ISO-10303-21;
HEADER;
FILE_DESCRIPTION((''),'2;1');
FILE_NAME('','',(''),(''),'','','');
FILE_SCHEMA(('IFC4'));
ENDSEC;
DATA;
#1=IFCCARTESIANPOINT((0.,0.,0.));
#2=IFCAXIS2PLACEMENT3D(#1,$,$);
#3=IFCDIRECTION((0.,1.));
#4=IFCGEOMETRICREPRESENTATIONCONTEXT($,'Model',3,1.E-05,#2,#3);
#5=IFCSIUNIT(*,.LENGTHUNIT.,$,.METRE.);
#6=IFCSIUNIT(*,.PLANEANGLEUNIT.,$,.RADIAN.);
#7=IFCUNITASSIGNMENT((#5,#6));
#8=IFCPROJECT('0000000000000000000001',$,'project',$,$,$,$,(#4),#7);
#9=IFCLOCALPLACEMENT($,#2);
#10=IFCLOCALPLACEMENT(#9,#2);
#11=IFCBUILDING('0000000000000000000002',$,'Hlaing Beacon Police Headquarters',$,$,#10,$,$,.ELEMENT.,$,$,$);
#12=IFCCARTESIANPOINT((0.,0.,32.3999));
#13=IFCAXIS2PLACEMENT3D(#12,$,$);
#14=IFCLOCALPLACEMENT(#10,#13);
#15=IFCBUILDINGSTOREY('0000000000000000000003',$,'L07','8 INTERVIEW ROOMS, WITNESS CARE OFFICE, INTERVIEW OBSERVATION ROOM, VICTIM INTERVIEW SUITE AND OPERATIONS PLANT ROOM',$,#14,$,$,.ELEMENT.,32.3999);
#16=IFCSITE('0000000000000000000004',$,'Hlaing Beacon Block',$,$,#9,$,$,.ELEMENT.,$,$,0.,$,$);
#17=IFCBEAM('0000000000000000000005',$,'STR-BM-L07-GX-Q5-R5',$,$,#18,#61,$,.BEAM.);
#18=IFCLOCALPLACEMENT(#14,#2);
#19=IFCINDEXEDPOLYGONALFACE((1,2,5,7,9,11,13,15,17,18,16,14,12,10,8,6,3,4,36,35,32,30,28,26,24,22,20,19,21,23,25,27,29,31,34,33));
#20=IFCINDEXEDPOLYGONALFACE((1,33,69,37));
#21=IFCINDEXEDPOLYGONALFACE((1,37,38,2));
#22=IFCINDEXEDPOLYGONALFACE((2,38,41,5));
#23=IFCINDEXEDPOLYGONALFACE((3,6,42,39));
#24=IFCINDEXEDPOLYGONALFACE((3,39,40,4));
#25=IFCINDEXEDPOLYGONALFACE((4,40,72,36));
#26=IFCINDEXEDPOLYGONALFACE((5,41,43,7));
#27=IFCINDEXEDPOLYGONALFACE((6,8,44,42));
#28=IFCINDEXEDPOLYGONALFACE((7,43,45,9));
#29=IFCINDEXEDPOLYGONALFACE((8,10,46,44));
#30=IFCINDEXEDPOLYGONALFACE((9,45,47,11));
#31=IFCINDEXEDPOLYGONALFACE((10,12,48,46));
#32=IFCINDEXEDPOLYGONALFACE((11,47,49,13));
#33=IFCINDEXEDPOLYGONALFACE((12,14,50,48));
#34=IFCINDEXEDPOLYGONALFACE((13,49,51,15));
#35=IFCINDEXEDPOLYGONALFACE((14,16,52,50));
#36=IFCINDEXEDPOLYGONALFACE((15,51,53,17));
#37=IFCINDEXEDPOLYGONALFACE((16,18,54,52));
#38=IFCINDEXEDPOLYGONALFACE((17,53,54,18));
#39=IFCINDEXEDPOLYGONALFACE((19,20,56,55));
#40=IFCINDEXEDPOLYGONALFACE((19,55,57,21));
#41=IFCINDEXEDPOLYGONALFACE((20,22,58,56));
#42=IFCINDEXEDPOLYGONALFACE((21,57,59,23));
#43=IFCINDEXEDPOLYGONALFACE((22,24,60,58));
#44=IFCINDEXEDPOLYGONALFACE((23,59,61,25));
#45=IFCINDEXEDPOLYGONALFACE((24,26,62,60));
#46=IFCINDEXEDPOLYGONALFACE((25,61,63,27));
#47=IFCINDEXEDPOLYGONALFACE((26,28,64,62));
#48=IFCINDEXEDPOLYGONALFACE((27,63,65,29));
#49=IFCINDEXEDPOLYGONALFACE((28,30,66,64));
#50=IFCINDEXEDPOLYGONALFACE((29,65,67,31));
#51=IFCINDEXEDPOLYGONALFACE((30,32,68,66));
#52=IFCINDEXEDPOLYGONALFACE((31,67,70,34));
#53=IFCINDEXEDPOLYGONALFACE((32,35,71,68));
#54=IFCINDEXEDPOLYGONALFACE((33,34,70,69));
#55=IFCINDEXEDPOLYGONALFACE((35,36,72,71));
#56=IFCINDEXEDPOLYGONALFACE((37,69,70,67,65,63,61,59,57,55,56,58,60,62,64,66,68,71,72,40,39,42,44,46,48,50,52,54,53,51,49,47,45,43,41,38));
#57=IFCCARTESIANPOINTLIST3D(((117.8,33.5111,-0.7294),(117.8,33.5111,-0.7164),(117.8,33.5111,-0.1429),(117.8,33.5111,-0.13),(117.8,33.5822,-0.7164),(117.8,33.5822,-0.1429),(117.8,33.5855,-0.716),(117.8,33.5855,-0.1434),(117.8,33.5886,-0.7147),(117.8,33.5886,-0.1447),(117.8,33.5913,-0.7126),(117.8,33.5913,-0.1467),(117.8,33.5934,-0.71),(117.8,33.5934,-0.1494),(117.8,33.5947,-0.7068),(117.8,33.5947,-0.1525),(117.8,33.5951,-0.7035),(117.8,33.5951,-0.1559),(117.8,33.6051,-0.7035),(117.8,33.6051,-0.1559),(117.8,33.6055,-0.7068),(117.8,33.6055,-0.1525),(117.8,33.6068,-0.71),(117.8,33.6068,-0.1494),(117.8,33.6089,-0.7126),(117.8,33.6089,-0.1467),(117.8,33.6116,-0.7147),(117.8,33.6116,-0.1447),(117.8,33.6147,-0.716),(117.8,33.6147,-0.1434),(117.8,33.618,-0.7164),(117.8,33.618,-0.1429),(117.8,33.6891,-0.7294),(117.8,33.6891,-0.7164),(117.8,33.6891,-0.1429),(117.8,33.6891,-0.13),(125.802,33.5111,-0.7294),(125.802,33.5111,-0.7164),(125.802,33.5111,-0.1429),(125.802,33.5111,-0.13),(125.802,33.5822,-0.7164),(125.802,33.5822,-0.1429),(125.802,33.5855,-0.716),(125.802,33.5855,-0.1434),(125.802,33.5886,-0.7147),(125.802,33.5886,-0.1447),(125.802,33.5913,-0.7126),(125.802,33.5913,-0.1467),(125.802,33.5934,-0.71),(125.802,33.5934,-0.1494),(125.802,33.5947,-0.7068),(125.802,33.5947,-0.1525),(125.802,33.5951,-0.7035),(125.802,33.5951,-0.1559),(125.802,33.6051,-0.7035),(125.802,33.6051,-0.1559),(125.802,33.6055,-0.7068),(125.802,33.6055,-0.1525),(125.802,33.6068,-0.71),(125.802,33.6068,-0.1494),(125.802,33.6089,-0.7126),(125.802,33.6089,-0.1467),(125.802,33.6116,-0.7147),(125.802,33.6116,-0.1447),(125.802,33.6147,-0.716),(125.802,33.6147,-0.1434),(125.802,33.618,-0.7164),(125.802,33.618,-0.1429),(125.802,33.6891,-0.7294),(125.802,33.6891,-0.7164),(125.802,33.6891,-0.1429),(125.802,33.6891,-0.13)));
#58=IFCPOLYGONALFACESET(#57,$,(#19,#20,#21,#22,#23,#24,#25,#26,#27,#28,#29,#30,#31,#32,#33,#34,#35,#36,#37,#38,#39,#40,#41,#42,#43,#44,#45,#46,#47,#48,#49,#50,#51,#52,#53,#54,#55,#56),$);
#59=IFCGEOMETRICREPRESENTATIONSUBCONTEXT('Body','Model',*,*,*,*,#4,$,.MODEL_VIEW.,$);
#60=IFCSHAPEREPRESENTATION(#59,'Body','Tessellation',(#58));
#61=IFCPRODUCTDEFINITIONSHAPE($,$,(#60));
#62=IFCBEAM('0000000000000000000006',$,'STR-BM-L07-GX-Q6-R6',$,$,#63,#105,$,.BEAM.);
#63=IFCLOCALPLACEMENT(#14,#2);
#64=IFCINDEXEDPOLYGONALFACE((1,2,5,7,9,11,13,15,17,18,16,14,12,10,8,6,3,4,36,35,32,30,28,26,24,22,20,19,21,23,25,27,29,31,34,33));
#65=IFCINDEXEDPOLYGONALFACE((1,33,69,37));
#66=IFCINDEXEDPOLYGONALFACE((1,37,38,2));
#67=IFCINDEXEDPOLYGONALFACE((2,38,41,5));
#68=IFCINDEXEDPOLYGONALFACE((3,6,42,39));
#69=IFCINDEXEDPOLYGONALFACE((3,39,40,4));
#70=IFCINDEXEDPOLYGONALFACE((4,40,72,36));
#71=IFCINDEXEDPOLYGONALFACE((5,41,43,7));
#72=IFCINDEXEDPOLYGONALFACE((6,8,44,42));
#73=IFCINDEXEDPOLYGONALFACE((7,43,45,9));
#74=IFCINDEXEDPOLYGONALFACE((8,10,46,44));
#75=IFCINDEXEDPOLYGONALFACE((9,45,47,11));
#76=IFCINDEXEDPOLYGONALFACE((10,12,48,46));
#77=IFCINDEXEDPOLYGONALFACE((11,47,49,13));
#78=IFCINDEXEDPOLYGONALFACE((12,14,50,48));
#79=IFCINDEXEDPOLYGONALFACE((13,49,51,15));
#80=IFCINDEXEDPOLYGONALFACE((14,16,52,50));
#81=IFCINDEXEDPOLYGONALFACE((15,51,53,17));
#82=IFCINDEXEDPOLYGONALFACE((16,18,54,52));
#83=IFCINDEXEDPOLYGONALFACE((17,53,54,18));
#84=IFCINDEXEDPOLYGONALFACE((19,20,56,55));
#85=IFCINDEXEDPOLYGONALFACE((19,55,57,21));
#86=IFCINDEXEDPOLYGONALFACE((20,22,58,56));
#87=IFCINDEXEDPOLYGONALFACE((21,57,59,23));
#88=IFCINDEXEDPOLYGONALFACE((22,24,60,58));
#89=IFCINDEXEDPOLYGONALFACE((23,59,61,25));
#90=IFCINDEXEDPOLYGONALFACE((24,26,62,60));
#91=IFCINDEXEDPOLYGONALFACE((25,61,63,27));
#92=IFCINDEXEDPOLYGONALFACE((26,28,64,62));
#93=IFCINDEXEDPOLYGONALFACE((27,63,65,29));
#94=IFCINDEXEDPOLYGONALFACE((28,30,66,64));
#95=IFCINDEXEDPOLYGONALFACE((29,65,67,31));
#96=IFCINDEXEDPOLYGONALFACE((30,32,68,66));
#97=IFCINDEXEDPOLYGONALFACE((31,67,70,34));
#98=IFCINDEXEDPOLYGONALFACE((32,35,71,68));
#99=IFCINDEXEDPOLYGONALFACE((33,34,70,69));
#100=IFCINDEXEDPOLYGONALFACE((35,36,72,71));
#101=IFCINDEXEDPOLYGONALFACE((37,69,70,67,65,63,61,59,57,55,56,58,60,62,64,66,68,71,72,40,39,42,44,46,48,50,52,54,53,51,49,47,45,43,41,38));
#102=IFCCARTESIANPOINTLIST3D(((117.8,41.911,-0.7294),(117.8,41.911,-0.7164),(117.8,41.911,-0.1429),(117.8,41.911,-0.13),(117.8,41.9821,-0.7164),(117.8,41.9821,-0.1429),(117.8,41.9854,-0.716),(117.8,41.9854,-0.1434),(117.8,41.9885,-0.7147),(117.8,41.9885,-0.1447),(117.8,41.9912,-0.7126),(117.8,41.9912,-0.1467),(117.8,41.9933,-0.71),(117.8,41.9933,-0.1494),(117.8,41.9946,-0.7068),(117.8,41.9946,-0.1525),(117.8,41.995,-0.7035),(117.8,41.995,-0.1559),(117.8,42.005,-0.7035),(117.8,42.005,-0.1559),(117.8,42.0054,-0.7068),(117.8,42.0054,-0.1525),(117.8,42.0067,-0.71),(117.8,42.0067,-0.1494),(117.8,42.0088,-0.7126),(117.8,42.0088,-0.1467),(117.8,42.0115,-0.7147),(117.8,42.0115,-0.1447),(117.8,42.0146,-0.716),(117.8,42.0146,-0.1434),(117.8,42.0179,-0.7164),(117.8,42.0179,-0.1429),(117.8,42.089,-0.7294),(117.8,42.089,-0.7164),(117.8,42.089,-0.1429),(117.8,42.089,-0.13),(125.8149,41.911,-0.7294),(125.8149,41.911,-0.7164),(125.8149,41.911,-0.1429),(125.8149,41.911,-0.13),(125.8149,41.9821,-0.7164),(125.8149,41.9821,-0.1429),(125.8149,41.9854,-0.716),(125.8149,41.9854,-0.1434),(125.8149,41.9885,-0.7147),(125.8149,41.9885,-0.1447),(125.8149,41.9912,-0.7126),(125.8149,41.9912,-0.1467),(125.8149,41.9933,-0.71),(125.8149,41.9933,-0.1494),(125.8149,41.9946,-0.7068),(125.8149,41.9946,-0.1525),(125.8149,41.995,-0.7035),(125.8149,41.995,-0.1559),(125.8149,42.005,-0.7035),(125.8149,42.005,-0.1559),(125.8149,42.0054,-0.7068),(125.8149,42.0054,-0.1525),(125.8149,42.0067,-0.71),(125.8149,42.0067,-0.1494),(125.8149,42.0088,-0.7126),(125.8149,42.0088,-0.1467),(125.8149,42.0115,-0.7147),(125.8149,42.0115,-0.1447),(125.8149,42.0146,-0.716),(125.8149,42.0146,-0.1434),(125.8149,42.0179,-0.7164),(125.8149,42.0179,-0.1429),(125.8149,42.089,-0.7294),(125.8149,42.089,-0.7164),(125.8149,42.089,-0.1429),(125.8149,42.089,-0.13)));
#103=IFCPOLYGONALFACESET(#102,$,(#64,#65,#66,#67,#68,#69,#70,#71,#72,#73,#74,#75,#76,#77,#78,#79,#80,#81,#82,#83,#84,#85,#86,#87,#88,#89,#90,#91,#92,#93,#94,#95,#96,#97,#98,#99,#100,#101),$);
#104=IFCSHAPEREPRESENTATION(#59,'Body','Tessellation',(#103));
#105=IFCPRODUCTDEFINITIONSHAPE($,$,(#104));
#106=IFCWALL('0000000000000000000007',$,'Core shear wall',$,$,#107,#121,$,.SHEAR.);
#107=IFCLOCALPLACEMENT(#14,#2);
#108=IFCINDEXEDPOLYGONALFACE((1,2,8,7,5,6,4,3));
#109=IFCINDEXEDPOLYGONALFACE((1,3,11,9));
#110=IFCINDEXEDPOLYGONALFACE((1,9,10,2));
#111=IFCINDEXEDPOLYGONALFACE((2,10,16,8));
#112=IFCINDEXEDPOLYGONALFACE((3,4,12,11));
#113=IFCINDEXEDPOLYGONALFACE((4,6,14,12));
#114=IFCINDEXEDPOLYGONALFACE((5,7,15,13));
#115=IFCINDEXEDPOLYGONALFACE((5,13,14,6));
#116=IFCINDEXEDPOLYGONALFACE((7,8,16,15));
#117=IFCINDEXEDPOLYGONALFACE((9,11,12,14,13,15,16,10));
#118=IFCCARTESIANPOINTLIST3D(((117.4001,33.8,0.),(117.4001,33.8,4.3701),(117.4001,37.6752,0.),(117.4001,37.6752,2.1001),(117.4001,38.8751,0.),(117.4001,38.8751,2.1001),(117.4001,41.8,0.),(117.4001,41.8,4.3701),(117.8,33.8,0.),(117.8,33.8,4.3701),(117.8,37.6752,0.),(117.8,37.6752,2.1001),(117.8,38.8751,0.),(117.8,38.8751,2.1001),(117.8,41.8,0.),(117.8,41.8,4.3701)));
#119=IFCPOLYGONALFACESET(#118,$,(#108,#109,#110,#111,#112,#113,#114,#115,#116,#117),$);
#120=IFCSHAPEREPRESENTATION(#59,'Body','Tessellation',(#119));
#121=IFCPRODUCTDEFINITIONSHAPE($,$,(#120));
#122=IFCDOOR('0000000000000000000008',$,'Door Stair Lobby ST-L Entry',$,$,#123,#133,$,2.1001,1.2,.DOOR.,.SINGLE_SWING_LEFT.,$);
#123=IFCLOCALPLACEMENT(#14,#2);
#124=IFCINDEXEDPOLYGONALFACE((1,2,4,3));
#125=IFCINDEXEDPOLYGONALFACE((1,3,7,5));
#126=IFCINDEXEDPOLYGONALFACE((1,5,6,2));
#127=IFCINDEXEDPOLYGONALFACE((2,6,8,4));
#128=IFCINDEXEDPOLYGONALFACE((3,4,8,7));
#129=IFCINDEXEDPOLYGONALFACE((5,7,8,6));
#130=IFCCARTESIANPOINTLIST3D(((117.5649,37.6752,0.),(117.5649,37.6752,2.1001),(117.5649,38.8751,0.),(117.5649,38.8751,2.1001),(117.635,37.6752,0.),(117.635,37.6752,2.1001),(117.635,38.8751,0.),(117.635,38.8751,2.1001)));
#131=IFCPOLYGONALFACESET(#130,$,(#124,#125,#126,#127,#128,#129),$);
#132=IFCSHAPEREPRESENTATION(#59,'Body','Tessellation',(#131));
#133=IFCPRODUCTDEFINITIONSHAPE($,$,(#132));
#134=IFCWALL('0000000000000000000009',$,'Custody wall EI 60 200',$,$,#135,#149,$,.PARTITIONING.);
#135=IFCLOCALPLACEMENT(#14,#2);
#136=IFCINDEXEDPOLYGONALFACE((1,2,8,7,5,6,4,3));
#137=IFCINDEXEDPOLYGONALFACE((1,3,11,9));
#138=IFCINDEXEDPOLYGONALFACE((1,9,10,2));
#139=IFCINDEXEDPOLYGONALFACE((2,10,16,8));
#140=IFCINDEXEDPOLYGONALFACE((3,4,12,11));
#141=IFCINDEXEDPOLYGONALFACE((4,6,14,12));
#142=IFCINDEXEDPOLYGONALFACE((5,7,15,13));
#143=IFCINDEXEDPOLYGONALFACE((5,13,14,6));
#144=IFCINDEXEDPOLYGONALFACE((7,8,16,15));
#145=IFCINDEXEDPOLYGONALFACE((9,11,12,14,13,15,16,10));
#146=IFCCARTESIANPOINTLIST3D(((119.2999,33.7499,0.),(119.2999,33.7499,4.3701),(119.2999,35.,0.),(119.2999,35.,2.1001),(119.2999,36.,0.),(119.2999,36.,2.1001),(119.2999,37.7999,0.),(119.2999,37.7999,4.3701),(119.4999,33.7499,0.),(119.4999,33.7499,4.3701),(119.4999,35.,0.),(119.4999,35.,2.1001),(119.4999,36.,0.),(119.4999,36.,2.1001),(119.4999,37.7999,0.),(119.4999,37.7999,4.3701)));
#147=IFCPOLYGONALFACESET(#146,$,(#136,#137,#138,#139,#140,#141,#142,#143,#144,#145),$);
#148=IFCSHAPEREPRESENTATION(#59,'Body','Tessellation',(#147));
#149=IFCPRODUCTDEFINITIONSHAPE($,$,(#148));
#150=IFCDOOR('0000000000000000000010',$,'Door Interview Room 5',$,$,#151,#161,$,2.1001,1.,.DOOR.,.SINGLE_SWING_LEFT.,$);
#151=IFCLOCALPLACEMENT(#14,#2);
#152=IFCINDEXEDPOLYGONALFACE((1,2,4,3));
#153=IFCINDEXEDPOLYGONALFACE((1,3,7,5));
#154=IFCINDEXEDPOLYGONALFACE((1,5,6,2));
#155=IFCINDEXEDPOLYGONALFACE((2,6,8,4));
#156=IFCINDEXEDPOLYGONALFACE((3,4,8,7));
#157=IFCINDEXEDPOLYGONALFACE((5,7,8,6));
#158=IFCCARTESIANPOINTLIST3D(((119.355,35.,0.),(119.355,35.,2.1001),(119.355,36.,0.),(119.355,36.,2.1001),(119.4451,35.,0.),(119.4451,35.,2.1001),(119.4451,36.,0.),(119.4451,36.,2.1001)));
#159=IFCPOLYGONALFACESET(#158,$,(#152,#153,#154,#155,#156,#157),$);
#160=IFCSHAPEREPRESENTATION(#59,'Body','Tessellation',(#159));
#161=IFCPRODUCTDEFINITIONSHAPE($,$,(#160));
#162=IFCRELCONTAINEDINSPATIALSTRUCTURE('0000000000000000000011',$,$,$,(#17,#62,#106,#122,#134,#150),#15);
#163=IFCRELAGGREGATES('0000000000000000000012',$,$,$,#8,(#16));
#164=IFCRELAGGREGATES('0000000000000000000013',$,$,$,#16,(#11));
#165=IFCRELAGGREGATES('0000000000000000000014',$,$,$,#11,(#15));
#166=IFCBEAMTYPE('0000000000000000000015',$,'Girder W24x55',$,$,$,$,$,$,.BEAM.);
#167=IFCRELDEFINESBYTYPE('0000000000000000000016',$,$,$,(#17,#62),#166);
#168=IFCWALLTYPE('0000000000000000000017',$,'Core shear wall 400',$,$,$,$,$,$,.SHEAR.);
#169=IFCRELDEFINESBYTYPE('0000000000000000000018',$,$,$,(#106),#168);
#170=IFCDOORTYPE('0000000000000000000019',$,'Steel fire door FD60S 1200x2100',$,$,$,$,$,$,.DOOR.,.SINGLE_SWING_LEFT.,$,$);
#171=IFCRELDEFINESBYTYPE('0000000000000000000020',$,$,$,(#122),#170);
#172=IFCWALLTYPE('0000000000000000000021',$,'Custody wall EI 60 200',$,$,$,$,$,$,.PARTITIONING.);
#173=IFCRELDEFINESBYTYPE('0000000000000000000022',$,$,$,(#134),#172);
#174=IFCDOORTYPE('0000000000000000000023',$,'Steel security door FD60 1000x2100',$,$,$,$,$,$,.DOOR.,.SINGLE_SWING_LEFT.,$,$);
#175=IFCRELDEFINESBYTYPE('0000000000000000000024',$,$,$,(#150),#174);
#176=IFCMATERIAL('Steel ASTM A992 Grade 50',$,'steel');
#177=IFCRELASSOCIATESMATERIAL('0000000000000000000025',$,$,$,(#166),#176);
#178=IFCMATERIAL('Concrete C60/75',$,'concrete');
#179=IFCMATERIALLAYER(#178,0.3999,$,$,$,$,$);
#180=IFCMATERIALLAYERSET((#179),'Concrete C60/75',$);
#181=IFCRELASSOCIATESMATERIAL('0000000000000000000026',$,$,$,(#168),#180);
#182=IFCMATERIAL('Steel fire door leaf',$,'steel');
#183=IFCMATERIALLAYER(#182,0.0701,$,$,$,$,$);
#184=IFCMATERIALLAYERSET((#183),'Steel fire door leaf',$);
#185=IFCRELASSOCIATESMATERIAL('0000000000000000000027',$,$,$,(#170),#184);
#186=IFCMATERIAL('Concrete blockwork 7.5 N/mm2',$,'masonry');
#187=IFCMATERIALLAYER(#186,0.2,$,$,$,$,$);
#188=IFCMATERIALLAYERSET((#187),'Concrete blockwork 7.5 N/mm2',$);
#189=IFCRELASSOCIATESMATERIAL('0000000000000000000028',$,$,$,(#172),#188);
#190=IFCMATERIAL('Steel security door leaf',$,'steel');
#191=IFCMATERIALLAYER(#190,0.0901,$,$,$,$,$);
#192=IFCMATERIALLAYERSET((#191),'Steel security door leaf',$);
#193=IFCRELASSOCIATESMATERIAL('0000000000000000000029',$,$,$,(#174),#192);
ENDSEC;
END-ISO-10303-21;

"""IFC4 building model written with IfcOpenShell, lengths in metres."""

from ifc_helpers import new_model, si_unit, direction, frame, frame_2d, origin, origin_2d, place, context, subcontext, project, spatial, rectangle, i_section, extrude, material, layer, layer_set, material_profile, profile_set, type_object, element, fill, save


model = new_model("IFC4")

# Units and contexts
model_context = context("Model", 3, precision=1e-05, world=origin(), true_north=direction((0.0, 1.0)))
body_context = subcontext(model_context, "Body", "Model", "MODEL_VIEW")
ifc_project = project(units=[si_unit("LENGTHUNIT", "METRE"), si_unit("PLANEANGLEUNIT", "RADIAN")], contexts=[model_context])

# Site, building, storey
site_placement = place(None, origin())
site = spatial("IfcSite", under=ifc_project, at=site_placement, Name="Hlaing Beacon Block", CompositionType="ELEMENT", RefElevation=0.0)
building_placement = place(site_placement, origin())
building = spatial("IfcBuilding", under=site, at=building_placement, Name="Hlaing Beacon Police Headquarters", CompositionType="ELEMENT")
storey_placement = place(building_placement, frame((0.0, 0.0, 32.3999)))
storey = spatial("IfcBuildingStorey", under=building, at=storey_placement, Name="L07", Description="8 INTERVIEW ROOMS, WITNESS CARE OFFICE, INTERVIEW OBSERVATION ROOM, VICTIM INTERVIEW SUITE AND OPERATIONS PLANT ROOM", CompositionType="ELEMENT", Elevation=32.3999)

# Beams
ifc_material_1 = material(Name="Steel ASTM A992 Grade 50", Category="steel")
ifc_material_profile = material_profile(ifc_material_1, i_section(OverallWidth=0.178, OverallDepth=0.5994, WebThickness=0.01, FlangeThickness=0.0129, FilletRadius=0.0129, at=origin_2d()), Name="W24x55")
ifc_profile_set = profile_set([ifc_material_profile], Name="Steel ASTM A992 Grade 50")
beam_type = type_object("IfcBeamType", Name="Girder W24x55", PredefinedType="BEAM", material=ifc_profile_set)
beam_1_placement = place(storey_placement, frame((117.8, 33.6001, -0.4297), z_axis=(1.0, 0.0, 0.0), x_axis=(0.0, 1.0, 0.0)))
element("IfcBeam", 1, at=beam_1_placement, inside=storey, type_object=beam_type, Name="STR-BM-L07-GX-Q5-R5", PredefinedType="BEAM", context=body_context, shape_type="SweptSolid", body=[
    extrude(i_section(OverallWidth=0.178, OverallDepth=0.5994, WebThickness=0.01, FlangeThickness=0.0129, FilletRadius=0.0129, at=origin_2d()), origin(), (0.0, 0.0, 1.0), 8.002),
])
beam_2_placement = place(storey_placement, frame((117.8, 42.0, -0.4297), z_axis=(1.0, 0.0, 0.0), x_axis=(0.0, 1.0, 0.0)))
element("IfcBeam", 2, at=beam_2_placement, inside=storey, type_object=beam_type, Name="STR-BM-L07-GX-Q6-R6", PredefinedType="BEAM", context=body_context, shape_type="SweptSolid", body=[
    extrude(i_section(OverallWidth=0.178, OverallDepth=0.5994, WebThickness=0.01, FlangeThickness=0.0129, FilletRadius=0.0129, at=origin_2d()), origin(), (0.0, 0.0, 1.0), 8.0149),
])

# Walls, openings, doors
ifc_material_2 = material(Name="Concrete C60/75", Category="concrete")
ifc_layer_1 = layer(ifc_material_2, 0.3999)
ifc_layer_set_1 = layer_set([ifc_layer_1], Name="Concrete C60/75")
wall_type_1 = type_object("IfcWallType", Name="Core shear wall 400", PredefinedType="SHEAR", material=ifc_layer_set_1)
wall_1_placement = place(storey_placement, frame((117.6001, 33.8, 0.0), z_axis=(0.0, 0.0, 1.0), x_axis=(0.0, 1.0, 0.0)))
wall_1 = element("IfcWall", 3, at=wall_1_placement, inside=storey, type_object=wall_type_1, Name="Core shear wall", PredefinedType="SHEAR", context=body_context, shape_type="SweptSolid", body=[
    extrude(rectangle(XDim=8.0, YDim=0.3999, at=frame_2d((4.0, 0.0))), origin(), (0.0, 0.0, 1.0), 4.3701),
])
opening_1_placement = place(wall_1_placement, frame((3.875, 0.0, 0.0)))
opening_1 = element("IfcOpeningElement", 4, at=opening_1_placement, cuts=wall_1, PredefinedType="OPENING", context=body_context, shape_type="SweptSolid", body=[
    extrude(rectangle(XDim=1.2, YDim=2.1001, at=frame_2d((0.6001, 1.05))), frame((0.0, 0.21, 0.0), z_axis=(0.0, -1.0, 0.0), x_axis=(1.0, 0.0, 0.0)), (0.0, 0.0, 1.0), 0.4199),
])
ifc_material_3 = material(Name="Steel fire door leaf", Category="steel")
ifc_layer_2 = layer(ifc_material_3, 0.0701)
ifc_layer_set_2 = layer_set([ifc_layer_2], Name="Steel fire door leaf")
door_type_1 = type_object("IfcDoorType", Name="Steel fire door FD60S 1200x2100", OperationType="SINGLE_SWING_LEFT", PredefinedType="DOOR", material=ifc_layer_set_2)
door_1_placement = place(opening_1_placement, origin())
door_1 = element("IfcDoor", 5, at=door_1_placement, inside=storey, type_object=door_type_1, Name="Door Stair Lobby ST-L Entry", OperationType="SINGLE_SWING_LEFT", OverallHeight=2.1001, OverallWidth=1.2, PredefinedType="DOOR", context=body_context, shape_type="SweptSolid", body=[
    extrude(rectangle(XDim=1.2, YDim=2.1001, at=frame_2d((0.6001, 1.05))), frame((0.0, 0.0352, 0.0), z_axis=(0.0, -1.0, 0.0), x_axis=(1.0, 0.0, 0.0)), (0.0, 0.0, 1.0), 0.0701),
])
fill(opening_1, door_1)
ifc_material_4 = material(Name="Concrete blockwork 7.5 N/mm2", Category="masonry")
ifc_layer_3 = layer(ifc_material_4, 0.2)
ifc_layer_set_3 = layer_set([ifc_layer_3], Name="Concrete blockwork 7.5 N/mm2")
wall_type_2 = type_object("IfcWallType", Name="Custody wall EI 60 200", PredefinedType="PARTITIONING", material=ifc_layer_set_3)
wall_2_placement = place(storey_placement, frame((119.3999, 33.75, 0.0), z_axis=(0.0, 0.0, 1.0), x_axis=(0.0, 1.0, 0.0)))
wall_2 = element("IfcWall", 6, at=wall_2_placement, inside=storey, type_object=wall_type_2, Name="Custody wall EI 60 200", PredefinedType="PARTITIONING", context=body_context, shape_type="SweptSolid", body=[
    extrude(rectangle(XDim=4.05, YDim=0.2, at=frame_2d((2.0249, 0.0))), origin(), (0.0, 0.0, 1.0), 4.3701),
])
opening_2_placement = place(wall_2_placement, frame((1.25, 0.0, 0.0)))
opening_2 = element("IfcOpeningElement", 7, at=opening_2_placement, cuts=wall_2, PredefinedType="OPENING", context=body_context, shape_type="SweptSolid", body=[
    extrude(rectangle(XDim=1.0, YDim=2.1001, at=frame_2d((0.5, 1.05))), frame((0.0, 0.1099, 0.0), z_axis=(0.0, -1.0, 0.0), x_axis=(1.0, 0.0, 0.0)), (0.0, 0.0, 1.0), 0.22),
])
ifc_material_5 = material(Name="Steel security door leaf", Category="steel")
ifc_layer_4 = layer(ifc_material_5, 0.0901)
ifc_layer_set_4 = layer_set([ifc_layer_4], Name="Steel security door leaf")
door_type_2 = type_object("IfcDoorType", Name="Steel security door FD60 1000x2100", OperationType="SINGLE_SWING_LEFT", PredefinedType="DOOR", material=ifc_layer_set_4)
door_2_placement = place(opening_2_placement, frame((1.0, 0.0, 0.0), z_axis=(0.0, 0.0, 1.0), x_axis=(-1.0, 0.0, 0.0)))
door_2 = element("IfcDoor", 8, at=door_2_placement, inside=storey, type_object=door_type_2, Name="Door Interview Room 5", OperationType="SINGLE_SWING_LEFT", OverallHeight=2.1001, OverallWidth=1.0, PredefinedType="DOOR", context=body_context, shape_type="SweptSolid", body=[
    extrude(rectangle(XDim=1.0, YDim=2.1001, at=frame_2d((0.5, 1.05))), frame((0.0, 0.0452, 0.0), z_axis=(0.0, -1.0, 0.0), x_axis=(1.0, 0.0, 0.0)), (0.0, 0.0, 1.0), 0.0901),
])
fill(opening_2, door_2)

save(model, "model.ifc")
